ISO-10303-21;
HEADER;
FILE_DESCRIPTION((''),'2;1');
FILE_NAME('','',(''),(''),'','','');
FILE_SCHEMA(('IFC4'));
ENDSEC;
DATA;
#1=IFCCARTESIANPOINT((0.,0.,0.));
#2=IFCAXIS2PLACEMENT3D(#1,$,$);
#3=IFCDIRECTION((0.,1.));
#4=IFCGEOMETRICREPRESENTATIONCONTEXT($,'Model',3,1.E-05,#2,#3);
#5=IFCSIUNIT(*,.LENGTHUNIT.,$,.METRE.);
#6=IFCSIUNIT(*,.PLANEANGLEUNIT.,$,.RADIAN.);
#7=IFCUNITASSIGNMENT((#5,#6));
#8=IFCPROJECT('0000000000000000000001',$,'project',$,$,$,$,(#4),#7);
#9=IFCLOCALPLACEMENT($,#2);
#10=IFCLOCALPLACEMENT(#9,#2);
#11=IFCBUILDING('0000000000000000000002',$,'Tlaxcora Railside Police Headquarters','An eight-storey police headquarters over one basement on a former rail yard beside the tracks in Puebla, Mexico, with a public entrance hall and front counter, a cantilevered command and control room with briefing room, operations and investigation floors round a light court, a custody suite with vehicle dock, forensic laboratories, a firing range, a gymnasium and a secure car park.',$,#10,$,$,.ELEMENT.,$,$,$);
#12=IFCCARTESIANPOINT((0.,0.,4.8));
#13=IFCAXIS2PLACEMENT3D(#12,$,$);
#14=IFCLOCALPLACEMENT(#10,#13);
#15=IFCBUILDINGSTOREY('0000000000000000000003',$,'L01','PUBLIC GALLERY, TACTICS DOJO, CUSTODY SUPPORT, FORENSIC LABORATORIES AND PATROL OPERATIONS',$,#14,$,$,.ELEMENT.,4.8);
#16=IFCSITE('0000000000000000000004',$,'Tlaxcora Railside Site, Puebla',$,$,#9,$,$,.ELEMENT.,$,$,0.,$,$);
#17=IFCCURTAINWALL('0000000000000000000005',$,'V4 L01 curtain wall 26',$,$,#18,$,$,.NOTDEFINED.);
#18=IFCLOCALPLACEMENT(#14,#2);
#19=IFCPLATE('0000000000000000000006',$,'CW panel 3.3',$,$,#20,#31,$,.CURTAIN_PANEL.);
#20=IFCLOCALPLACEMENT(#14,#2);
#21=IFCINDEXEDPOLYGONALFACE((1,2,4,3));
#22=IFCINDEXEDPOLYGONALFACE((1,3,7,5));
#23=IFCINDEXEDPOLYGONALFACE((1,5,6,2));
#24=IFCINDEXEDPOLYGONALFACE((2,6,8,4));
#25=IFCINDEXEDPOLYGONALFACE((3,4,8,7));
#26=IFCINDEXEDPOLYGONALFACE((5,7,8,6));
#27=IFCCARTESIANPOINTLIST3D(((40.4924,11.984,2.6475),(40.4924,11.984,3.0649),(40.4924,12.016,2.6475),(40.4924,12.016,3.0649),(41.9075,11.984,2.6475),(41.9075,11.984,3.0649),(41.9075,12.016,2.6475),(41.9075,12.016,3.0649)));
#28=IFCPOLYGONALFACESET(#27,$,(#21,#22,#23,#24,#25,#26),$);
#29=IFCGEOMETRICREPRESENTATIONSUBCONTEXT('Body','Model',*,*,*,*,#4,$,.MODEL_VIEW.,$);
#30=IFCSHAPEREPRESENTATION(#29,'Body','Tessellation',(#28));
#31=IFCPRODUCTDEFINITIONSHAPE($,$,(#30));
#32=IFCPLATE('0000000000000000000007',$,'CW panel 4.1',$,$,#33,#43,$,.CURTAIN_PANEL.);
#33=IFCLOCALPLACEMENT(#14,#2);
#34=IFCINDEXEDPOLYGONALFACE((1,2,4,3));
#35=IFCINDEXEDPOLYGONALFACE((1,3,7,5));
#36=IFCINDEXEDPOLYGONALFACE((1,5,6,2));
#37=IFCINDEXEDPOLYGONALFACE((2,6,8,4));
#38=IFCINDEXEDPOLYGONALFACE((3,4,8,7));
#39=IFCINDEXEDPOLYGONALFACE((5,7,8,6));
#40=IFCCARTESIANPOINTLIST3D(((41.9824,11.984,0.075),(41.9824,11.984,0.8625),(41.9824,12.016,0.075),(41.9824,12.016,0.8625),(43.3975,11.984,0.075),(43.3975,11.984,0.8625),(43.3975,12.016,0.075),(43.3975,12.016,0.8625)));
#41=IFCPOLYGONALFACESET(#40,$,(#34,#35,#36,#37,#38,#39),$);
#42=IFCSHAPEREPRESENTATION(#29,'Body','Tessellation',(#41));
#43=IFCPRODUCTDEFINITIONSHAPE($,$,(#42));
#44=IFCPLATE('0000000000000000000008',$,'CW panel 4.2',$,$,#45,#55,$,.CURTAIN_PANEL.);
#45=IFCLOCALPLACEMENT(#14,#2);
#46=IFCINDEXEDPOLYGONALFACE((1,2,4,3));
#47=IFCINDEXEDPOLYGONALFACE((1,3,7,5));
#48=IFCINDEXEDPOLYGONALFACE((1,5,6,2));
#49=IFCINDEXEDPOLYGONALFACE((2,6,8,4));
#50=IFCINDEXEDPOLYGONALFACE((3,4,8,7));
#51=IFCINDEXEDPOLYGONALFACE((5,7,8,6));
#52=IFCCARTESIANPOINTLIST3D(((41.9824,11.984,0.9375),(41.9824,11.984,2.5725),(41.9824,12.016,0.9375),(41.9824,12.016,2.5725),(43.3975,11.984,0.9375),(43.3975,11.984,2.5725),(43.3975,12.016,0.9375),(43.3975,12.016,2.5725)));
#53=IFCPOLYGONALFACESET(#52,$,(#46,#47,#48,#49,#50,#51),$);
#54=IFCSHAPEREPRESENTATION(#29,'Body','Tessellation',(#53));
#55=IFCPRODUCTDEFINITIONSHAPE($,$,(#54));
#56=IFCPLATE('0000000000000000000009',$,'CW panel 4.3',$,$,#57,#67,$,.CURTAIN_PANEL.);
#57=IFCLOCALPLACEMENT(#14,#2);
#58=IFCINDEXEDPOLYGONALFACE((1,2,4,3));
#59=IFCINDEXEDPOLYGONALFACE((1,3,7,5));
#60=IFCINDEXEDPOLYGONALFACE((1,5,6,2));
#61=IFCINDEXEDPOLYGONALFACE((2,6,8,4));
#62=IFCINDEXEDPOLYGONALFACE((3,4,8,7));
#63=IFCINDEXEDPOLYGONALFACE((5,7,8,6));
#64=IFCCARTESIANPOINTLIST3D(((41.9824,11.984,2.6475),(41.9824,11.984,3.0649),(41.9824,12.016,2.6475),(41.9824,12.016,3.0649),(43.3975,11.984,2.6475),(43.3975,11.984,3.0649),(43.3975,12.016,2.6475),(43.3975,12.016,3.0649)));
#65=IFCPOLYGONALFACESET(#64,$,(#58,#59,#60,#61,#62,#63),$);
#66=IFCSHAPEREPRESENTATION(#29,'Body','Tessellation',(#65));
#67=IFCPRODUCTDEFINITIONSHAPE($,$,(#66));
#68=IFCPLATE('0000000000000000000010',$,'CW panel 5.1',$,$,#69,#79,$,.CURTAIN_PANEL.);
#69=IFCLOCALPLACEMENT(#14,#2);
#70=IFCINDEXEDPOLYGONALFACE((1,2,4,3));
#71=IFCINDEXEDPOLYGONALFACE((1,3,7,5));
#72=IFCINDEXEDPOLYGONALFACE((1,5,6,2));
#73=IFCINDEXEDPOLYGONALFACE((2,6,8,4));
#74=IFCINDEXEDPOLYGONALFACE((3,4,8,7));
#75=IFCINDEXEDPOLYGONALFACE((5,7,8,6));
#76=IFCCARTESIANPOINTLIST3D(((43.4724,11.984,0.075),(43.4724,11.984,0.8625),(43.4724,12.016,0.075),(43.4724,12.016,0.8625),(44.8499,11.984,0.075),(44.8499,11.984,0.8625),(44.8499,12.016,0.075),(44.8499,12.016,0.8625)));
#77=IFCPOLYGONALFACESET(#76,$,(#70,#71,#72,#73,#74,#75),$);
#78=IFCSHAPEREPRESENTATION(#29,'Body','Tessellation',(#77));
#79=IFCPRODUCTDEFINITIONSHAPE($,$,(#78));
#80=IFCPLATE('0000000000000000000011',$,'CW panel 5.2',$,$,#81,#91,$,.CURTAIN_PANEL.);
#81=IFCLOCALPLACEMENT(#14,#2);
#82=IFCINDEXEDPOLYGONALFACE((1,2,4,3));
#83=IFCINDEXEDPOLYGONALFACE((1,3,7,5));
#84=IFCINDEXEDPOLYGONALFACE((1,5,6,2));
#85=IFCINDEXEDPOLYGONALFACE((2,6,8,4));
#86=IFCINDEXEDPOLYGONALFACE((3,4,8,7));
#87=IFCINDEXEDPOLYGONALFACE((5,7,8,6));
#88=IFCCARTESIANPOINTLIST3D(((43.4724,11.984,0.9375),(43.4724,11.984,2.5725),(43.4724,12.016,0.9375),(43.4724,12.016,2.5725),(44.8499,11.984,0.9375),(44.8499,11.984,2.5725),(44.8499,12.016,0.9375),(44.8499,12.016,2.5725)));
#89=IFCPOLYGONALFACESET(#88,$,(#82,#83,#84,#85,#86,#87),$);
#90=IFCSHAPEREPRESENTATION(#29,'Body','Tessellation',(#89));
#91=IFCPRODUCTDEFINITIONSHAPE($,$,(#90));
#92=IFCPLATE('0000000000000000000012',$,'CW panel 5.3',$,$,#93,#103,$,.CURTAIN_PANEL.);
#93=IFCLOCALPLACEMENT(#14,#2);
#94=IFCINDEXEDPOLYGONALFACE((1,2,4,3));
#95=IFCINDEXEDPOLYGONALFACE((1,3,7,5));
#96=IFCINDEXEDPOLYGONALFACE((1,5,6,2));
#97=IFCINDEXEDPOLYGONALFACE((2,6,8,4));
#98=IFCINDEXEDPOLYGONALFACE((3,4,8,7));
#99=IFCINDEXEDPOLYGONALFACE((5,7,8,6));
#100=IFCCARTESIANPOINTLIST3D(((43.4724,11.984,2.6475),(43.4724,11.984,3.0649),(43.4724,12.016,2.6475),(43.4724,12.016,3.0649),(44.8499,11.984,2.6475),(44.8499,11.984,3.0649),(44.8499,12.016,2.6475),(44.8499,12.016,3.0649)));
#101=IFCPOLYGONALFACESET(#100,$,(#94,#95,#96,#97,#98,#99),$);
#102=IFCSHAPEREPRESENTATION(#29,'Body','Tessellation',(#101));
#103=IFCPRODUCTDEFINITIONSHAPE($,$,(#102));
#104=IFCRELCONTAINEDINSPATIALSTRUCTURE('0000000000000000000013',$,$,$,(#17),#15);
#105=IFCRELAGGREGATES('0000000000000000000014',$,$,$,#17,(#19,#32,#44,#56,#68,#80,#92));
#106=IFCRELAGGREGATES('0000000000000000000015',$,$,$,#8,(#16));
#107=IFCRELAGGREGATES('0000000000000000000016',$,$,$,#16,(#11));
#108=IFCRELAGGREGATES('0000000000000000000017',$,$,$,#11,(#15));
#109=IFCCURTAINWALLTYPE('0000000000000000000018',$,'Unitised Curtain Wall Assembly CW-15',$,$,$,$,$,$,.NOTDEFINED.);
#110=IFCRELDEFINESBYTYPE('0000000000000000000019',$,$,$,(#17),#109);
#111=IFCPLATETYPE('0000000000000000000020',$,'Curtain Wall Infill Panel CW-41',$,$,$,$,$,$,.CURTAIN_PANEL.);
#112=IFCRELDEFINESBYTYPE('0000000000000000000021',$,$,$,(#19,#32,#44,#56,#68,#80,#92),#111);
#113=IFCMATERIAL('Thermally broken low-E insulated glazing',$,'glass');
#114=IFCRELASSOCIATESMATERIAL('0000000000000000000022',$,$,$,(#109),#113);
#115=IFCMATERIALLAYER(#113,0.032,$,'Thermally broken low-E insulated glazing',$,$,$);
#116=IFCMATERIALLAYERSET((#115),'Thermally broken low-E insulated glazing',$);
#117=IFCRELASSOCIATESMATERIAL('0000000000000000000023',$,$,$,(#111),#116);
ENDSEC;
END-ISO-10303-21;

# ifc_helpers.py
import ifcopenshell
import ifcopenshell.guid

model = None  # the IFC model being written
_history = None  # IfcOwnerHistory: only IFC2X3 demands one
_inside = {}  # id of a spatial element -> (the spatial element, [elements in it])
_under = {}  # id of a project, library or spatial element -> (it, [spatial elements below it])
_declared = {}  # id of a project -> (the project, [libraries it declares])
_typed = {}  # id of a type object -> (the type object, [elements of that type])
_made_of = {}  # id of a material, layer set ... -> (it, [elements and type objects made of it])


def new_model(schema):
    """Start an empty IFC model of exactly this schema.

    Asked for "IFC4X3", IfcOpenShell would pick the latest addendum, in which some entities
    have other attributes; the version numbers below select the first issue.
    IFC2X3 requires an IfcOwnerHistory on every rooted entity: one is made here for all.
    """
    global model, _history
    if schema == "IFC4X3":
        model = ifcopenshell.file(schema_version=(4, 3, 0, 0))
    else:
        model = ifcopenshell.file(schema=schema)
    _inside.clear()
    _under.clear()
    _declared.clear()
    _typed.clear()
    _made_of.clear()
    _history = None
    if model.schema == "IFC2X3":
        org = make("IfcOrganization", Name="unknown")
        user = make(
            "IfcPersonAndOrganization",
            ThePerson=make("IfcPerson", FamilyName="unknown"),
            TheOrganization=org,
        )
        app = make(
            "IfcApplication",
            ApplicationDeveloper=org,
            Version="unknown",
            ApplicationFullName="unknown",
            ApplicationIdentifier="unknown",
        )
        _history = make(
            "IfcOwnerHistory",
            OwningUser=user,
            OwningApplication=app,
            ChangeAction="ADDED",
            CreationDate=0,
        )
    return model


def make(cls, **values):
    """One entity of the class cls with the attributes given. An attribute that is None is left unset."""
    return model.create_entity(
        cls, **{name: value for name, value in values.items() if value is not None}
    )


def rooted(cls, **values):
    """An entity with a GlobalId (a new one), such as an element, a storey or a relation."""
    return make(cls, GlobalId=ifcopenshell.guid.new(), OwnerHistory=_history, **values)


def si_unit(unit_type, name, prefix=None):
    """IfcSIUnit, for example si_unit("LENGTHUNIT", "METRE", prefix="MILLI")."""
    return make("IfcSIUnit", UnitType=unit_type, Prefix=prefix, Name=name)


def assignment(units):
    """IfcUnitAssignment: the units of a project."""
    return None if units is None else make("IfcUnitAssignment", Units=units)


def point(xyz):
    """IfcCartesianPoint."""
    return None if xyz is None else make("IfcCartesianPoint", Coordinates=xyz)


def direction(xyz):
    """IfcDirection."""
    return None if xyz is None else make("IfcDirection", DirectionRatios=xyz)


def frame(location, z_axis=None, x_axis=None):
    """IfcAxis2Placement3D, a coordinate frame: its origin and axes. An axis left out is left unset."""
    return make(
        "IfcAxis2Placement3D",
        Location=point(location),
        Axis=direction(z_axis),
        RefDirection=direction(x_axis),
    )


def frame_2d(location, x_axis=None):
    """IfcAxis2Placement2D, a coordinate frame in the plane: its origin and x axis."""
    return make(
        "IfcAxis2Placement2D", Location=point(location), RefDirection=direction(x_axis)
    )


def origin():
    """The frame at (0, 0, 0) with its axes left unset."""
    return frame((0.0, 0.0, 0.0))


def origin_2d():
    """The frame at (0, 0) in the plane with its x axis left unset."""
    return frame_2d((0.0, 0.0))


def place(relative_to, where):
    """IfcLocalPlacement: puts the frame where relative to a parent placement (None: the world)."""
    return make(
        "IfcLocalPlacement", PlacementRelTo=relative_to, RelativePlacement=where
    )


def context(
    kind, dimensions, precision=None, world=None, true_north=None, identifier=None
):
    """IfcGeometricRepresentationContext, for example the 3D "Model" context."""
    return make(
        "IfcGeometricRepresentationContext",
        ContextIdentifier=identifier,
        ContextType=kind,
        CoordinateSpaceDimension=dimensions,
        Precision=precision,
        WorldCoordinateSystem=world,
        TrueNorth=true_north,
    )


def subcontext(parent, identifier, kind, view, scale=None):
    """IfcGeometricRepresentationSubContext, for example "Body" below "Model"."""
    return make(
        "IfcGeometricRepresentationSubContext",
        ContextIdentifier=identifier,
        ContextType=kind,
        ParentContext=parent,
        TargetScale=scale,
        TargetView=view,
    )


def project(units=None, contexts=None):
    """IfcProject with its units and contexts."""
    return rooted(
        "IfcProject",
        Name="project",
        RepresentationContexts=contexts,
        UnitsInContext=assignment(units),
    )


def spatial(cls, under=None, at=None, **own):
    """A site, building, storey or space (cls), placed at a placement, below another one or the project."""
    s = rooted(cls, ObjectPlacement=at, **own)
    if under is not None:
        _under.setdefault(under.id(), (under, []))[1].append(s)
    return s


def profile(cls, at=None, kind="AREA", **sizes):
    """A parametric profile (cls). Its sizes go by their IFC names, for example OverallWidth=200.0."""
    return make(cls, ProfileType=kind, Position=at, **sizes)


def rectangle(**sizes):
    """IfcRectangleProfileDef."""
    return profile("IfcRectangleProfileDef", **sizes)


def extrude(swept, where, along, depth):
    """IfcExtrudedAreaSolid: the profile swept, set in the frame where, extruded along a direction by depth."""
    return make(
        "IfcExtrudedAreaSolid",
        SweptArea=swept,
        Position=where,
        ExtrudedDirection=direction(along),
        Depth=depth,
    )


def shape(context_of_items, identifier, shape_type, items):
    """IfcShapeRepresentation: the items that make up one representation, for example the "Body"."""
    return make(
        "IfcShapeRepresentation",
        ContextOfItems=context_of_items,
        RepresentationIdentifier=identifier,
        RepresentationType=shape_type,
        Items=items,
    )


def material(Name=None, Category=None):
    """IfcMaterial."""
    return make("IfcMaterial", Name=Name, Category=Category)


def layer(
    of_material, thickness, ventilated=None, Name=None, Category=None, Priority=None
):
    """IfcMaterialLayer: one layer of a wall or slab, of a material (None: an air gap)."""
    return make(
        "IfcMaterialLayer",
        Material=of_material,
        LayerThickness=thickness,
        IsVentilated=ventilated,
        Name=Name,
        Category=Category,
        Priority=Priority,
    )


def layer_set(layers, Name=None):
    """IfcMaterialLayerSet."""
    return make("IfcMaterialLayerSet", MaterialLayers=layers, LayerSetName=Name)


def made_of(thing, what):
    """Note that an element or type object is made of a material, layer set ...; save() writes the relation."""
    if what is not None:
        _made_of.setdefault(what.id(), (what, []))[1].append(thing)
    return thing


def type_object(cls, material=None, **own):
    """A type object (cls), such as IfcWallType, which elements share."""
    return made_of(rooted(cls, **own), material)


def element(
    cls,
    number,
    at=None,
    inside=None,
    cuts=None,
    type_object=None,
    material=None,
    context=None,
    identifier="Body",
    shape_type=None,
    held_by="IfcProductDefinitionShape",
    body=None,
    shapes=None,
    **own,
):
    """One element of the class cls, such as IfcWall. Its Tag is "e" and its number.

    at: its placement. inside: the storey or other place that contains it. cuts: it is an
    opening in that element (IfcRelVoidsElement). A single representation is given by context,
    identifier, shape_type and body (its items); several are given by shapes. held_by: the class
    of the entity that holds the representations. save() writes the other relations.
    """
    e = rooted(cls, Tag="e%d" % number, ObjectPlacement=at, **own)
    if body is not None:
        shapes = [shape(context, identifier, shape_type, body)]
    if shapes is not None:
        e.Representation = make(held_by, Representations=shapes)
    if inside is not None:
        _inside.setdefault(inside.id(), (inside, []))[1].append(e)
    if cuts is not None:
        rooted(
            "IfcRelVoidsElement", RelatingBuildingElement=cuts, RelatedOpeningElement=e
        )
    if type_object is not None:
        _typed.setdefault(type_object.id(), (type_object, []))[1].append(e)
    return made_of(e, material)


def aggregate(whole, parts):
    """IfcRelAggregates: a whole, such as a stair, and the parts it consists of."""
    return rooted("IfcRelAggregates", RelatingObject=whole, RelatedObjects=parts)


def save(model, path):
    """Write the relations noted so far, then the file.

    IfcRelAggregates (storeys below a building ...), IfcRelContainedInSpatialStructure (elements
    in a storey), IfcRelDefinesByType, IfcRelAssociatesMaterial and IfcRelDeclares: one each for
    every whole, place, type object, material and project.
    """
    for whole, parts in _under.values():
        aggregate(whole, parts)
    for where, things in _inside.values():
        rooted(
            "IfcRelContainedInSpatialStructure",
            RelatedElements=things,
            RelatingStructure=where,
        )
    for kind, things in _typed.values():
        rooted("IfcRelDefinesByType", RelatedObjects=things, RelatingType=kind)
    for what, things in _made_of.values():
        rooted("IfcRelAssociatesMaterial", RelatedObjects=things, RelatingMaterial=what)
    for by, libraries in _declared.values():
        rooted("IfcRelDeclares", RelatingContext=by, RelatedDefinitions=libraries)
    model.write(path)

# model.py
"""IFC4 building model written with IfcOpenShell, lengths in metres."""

from ifc_helpers import new_model, si_unit, direction, frame, origin, origin_2d, place, context, subcontext, project, spatial, rectangle, extrude, material, layer, layer_set, type_object, element, aggregate, save


model = new_model("IFC4")

# Units and contexts
model_context = context("Model", 3, precision=1e-05, world=origin(), true_north=direction((0.0, 1.0)))
body_context = subcontext(model_context, "Body", "Model", "MODEL_VIEW")
ifc_project = project(units=[si_unit("LENGTHUNIT", "METRE"), si_unit("PLANEANGLEUNIT", "RADIAN")], contexts=[model_context])

# Site, building, storey
site_placement = place(None, origin())
site = spatial("IfcSite", under=ifc_project, at=site_placement, Name="Tlaxcora Railside Site, Puebla", CompositionType="ELEMENT", RefElevation=0.0)
building_placement = place(site_placement, origin())
building = spatial("IfcBuilding", under=site, at=building_placement, Name="Tlaxcora Railside Police Headquarters", Description="An eight-storey police headquarters over one basement on a former rail yard beside the tracks in Puebla, Mexico, with a public entrance hall and front counter, a cantilevered command and control room with briefing room, operations and investigation floors round a light court, a custody suite with vehicle dock, forensic laboratories, a firing range, a gymnasium and a secure car park.", CompositionType="ELEMENT")
storey_placement = place(building_placement, frame((0.0, 0.0, 4.8)))
storey = spatial("IfcBuildingStorey", under=building, at=storey_placement, Name="L01", Description="PUBLIC GALLERY, TACTICS DOJO, CUSTODY SUPPORT, FORENSIC LABORATORIES AND PATROL OPERATIONS", CompositionType="ELEMENT", Elevation=4.8)

# Curtain wall, plates
ifc_material_1 = material(Name="Thermally broken low-E insulated glazing", Category="glass")
curtain_wall_type = type_object("IfcCurtainWallType", Name="Unitised Curtain Wall Assembly CW-15", PredefinedType="NOTDEFINED", material=ifc_material_1)
curtain_wall_placement = place(storey_placement, origin())
curtain_wall = element("IfcCurtainWall", 1, at=curtain_wall_placement, inside=storey, type_object=curtain_wall_type, Name="V4 L01 curtain wall 26", PredefinedType="NOTDEFINED")
ifc_layer = layer(ifc_material_1, 0.032, Name="Thermally broken low-E insulated glazing")
ifc_layer_set = layer_set([ifc_layer], Name="Thermally broken low-E insulated glazing")
plate_type = type_object("IfcPlateType", Name="Curtain Wall Infill Panel CW-41", PredefinedType="CURTAIN_PANEL", material=ifc_layer_set)
plate_1_placement = place(storey_placement, frame((41.2, 12.0, 2.6475), z_axis=(0.0, 0.0, 1.0), x_axis=(1.0, 0.0, 0.0)))
plate_1 = element("IfcPlate", 2, at=plate_1_placement, type_object=plate_type, Name="CW panel 3.3", PredefinedType="CURTAIN_PANEL", context=body_context, shape_type="SweptSolid", body=[
    extrude(rectangle(XDim=1.415, YDim=0.032, at=origin_2d()), origin(), (0.0, 0.0, 1.0), 0.4175),
])
plate_2_placement = place(storey_placement, frame((42.6899, 12.0, 0.075), z_axis=(0.0, 0.0, 1.0), x_axis=(1.0, 0.0, 0.0)))
plate_2 = element("IfcPlate", 3, at=plate_2_placement, type_object=plate_type, Name="CW panel 4.1", PredefinedType="CURTAIN_PANEL", context=body_context, shape_type="SweptSolid", body=[
    extrude(rectangle(XDim=1.415, YDim=0.032, at=origin_2d()), origin(), (0.0, 0.0, 1.0), 0.7876),
])
plate_3_placement = place(storey_placement, frame((42.6899, 12.0, 0.9375), z_axis=(0.0, 0.0, 1.0), x_axis=(1.0, 0.0, 0.0)))
plate_3 = element("IfcPlate", 4, at=plate_3_placement, type_object=plate_type, Name="CW panel 4.2", PredefinedType="CURTAIN_PANEL", context=body_context, shape_type="SweptSolid", body=[
    extrude(rectangle(XDim=1.415, YDim=0.032, at=origin_2d()), origin(), (0.0, 0.0, 1.0), 1.635),
])
plate_4_placement = place(storey_placement, frame((42.6899, 12.0, 2.6475), z_axis=(0.0, 0.0, 1.0), x_axis=(1.0, 0.0, 0.0)))
plate_4 = element("IfcPlate", 5, at=plate_4_placement, type_object=plate_type, Name="CW panel 4.3", PredefinedType="CURTAIN_PANEL", context=body_context, shape_type="SweptSolid", body=[
    extrude(rectangle(XDim=1.415, YDim=0.032, at=origin_2d()), origin(), (0.0, 0.0, 1.0), 0.4175),
])
plate_5_placement = place(storey_placement, frame((44.1611, 12.0, 0.075), z_axis=(0.0, 0.0, 1.0), x_axis=(1.0, 0.0, 0.0)))
plate_5 = element("IfcPlate", 6, at=plate_5_placement, type_object=plate_type, Name="CW panel 5.1", PredefinedType="CURTAIN_PANEL", context=body_context, shape_type="SweptSolid", body=[
    extrude(rectangle(XDim=1.3774, YDim=0.032, at=origin_2d()), origin(), (0.0, 0.0, 1.0), 0.7876),
])
plate_6_placement = place(storey_placement, frame((44.1611, 12.0, 0.9375), z_axis=(0.0, 0.0, 1.0), x_axis=(1.0, 0.0, 0.0)))
plate_6 = element("IfcPlate", 7, at=plate_6_placement, type_object=plate_type, Name="CW panel 5.2", PredefinedType="CURTAIN_PANEL", context=body_context, shape_type="SweptSolid", body=[
    extrude(rectangle(XDim=1.3774, YDim=0.032, at=origin_2d()), origin(), (0.0, 0.0, 1.0), 1.635),
])
plate_7_placement = place(storey_placement, frame((44.1611, 12.0, 2.6475), z_axis=(0.0, 0.0, 1.0), x_axis=(1.0, 0.0, 0.0)))
plate_7 = element("IfcPlate", 8, at=plate_7_placement, type_object=plate_type, Name="CW panel 5.3", PredefinedType="CURTAIN_PANEL", context=body_context, shape_type="SweptSolid", body=[
    extrude(rectangle(XDim=1.3774, YDim=0.032, at=origin_2d()), origin(), (0.0, 0.0, 1.0), 0.4175),
])
aggregate(curtain_wall, [plate_1, plate_2, plate_3, plate_4, plate_5, plate_6, plate_7])

save(model, "model.ifc")
